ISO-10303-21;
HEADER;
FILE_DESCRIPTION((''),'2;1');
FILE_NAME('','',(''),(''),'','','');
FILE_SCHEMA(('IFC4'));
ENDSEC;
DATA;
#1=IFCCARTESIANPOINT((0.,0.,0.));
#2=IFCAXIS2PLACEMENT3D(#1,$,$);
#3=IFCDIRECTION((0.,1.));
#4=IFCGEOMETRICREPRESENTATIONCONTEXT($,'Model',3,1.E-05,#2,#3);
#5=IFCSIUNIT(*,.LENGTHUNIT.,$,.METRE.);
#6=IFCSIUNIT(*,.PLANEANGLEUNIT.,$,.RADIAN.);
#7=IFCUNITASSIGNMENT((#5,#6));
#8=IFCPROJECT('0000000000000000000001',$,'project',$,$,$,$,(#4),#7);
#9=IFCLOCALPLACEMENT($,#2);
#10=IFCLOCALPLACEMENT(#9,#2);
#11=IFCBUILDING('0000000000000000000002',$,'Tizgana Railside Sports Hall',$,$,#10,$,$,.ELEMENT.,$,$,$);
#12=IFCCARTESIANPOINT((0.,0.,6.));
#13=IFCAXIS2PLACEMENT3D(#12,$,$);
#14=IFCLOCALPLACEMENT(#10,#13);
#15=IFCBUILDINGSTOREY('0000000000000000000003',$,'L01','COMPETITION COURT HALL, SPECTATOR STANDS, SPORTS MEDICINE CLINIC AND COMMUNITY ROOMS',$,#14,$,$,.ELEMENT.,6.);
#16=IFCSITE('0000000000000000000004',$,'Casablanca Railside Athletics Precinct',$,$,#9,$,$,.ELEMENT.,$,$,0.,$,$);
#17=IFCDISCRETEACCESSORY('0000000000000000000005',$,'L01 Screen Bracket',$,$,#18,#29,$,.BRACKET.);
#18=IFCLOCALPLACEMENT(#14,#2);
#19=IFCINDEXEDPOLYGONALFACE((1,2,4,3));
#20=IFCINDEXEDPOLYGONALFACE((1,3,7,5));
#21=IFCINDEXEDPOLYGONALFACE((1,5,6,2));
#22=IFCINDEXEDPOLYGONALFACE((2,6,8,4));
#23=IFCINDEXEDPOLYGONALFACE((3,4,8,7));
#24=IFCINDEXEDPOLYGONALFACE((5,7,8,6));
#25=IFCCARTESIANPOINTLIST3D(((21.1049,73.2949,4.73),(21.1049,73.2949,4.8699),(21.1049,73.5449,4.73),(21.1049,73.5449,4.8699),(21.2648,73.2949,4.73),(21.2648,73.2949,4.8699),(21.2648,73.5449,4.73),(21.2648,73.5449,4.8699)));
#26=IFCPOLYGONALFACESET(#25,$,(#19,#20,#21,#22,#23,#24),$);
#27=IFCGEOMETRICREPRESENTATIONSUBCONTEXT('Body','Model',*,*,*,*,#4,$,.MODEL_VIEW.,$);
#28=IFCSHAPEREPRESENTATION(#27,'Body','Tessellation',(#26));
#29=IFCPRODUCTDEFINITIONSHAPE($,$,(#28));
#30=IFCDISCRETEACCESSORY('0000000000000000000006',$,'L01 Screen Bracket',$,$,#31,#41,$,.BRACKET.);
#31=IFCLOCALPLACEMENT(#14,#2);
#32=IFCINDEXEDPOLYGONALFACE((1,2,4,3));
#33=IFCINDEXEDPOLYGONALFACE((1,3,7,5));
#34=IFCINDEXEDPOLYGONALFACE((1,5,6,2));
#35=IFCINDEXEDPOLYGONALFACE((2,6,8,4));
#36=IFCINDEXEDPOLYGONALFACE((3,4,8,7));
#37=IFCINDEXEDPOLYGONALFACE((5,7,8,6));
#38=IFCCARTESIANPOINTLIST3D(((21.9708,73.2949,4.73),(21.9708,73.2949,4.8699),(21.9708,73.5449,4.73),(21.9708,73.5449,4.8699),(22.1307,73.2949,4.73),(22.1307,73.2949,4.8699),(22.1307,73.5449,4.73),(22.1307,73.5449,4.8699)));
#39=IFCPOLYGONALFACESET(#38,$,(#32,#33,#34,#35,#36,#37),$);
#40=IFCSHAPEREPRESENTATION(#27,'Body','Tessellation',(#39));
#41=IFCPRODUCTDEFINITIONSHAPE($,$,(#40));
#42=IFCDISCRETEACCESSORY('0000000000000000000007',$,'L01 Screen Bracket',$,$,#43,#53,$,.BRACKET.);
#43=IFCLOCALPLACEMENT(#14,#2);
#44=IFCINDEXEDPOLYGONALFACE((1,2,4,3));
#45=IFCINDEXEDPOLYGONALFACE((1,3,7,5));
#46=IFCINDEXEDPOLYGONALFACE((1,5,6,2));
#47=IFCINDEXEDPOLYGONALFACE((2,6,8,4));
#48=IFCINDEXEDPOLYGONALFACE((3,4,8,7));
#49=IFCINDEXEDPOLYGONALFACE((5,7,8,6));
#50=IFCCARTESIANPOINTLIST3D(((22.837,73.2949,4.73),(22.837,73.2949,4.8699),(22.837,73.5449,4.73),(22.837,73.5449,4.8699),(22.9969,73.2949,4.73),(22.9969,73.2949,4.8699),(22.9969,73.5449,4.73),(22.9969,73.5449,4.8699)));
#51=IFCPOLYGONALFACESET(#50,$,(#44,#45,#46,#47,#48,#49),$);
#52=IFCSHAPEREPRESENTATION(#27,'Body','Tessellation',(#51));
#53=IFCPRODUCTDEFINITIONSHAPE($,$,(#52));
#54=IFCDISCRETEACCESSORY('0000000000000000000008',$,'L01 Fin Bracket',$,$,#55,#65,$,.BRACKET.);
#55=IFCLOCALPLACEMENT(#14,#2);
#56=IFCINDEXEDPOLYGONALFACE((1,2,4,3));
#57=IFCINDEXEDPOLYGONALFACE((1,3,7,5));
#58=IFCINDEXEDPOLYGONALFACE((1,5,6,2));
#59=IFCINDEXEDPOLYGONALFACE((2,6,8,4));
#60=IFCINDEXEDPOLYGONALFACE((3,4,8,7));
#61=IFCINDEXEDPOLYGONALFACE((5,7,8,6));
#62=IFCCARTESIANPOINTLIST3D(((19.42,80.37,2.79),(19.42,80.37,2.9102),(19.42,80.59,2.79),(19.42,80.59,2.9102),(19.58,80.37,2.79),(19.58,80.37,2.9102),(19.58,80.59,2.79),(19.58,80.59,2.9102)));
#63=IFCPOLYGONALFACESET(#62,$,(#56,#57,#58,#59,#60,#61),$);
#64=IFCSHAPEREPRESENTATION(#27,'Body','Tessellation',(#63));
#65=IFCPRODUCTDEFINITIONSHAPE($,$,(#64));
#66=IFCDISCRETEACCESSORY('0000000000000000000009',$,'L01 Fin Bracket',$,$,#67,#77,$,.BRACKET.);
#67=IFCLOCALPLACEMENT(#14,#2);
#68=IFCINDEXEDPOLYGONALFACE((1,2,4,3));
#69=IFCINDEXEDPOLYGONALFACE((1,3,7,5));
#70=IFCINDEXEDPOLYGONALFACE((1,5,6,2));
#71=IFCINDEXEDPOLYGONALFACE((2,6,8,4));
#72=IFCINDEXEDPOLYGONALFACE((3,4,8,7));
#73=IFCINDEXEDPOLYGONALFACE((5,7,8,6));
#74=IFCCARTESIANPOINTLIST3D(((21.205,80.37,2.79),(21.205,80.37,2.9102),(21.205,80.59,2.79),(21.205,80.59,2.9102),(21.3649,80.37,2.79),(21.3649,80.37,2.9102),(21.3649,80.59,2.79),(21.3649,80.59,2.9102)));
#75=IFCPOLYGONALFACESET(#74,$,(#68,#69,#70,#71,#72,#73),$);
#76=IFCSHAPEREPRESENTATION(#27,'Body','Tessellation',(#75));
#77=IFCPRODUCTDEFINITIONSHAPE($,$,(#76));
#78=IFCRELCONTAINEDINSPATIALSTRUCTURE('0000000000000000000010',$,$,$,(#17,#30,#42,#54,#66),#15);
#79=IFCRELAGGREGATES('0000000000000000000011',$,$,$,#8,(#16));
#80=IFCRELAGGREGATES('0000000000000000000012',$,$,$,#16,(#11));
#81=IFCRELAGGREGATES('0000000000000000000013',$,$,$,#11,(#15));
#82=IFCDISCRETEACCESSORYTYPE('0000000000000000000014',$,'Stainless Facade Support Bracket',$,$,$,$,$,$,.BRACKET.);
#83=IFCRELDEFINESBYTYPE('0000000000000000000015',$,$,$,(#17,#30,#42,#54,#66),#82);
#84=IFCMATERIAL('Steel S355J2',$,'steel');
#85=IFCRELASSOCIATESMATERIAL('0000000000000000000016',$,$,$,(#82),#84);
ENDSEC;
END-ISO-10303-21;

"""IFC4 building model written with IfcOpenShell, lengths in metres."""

from ifc_helpers import new_model, si_unit, direction, frame, origin, origin_2d, place, context, subcontext, project, spatial, rectangle, extrude, material, type_object, element, save


model = new_model("IFC4")

# Units and contexts
model_context = context("Model", 3, precision=1e-05, world=origin(), true_north=direction((0.0, 1.0)))
body_context = subcontext(model_context, "Body", "Model", "MODEL_VIEW")
ifc_project = project(units=[si_unit("LENGTHUNIT", "METRE"), si_unit("PLANEANGLEUNIT", "RADIAN")], contexts=[model_context])

# Site, building, storey
site_placement = place(None, origin())
site = spatial("IfcSite", under=ifc_project, at=site_placement, Name="Casablanca Railside Athletics Precinct", CompositionType="ELEMENT", RefElevation=0.0)
building_placement = place(site_placement, origin())
building = spatial("IfcBuilding", under=site, at=building_placement, Name="Tizgana Railside Sports Hall", CompositionType="ELEMENT")
storey_placement = place(building_placement, frame((0.0, 0.0, 6.0)))
storey = spatial("IfcBuildingStorey", under=building, at=storey_placement, Name="L01", Description="COMPETITION COURT HALL, SPECTATOR STANDS, SPORTS MEDICINE CLINIC AND COMMUNITY ROOMS", CompositionType="ELEMENT", Elevation=6.0)

# Discrete accessories
ifc_material_1 = material(Name="Steel S355J2", Category="steel")
discrete_accessory_type = type_object("IfcDiscreteAccessoryType", Name="Stainless Facade Support Bracket", PredefinedType="BRACKET", material=ifc_material_1)
for number, where, z_axis, x_axis, name in (
    (1, (21.1848, 73.4199, 4.73), (0.0, 0.0, 1.0), (1.0, 0.0, 0.0), "L01 Screen Bracket"),
    (2, (22.0508, 73.4199, 4.73), (0.0, 0.0, 1.0), (1.0, 0.0, 0.0), "L01 Screen Bracket"),
    (3, (22.917, 73.4199, 4.73), (0.0, 0.0, 1.0), (1.0, 0.0, 0.0), "L01 Screen Bracket"),
):
    element("IfcDiscreteAccessory", number, at=place(storey_placement, frame(where, z_axis=z_axis, x_axis=x_axis)), inside=storey, type_object=discrete_accessory_type, Name=name, PredefinedType="BRACKET", context=body_context, shape_type="SweptSolid", body=[
        extrude(rectangle(XDim=0.1599, YDim=0.25, at=origin_2d()), origin(), (0.0, 0.0, 1.0), 0.1399),
    ])
for number, where, z_axis, x_axis, name in (
    (4, (19.5, 80.48, 2.79), (0.0, 0.0, 1.0), (1.0, 0.0, 0.0), "L01 Fin Bracket"),
    (5, (21.2849, 80.48, 2.79), (0.0, 0.0, 1.0), (1.0, 0.0, 0.0), "L01 Fin Bracket"),
):
    element("IfcDiscreteAccessory", number, at=place(storey_placement, frame(where, z_axis=z_axis, x_axis=x_axis)), inside=storey, type_object=discrete_accessory_type, Name=name, PredefinedType="BRACKET", context=body_context, shape_type="SweptSolid", body=[
        extrude(rectangle(XDim=0.1599, YDim=0.22, at=origin_2d()), origin(), (0.0, 0.0, 1.0), 0.1201),
    ])

save(model, "model.ifc")
